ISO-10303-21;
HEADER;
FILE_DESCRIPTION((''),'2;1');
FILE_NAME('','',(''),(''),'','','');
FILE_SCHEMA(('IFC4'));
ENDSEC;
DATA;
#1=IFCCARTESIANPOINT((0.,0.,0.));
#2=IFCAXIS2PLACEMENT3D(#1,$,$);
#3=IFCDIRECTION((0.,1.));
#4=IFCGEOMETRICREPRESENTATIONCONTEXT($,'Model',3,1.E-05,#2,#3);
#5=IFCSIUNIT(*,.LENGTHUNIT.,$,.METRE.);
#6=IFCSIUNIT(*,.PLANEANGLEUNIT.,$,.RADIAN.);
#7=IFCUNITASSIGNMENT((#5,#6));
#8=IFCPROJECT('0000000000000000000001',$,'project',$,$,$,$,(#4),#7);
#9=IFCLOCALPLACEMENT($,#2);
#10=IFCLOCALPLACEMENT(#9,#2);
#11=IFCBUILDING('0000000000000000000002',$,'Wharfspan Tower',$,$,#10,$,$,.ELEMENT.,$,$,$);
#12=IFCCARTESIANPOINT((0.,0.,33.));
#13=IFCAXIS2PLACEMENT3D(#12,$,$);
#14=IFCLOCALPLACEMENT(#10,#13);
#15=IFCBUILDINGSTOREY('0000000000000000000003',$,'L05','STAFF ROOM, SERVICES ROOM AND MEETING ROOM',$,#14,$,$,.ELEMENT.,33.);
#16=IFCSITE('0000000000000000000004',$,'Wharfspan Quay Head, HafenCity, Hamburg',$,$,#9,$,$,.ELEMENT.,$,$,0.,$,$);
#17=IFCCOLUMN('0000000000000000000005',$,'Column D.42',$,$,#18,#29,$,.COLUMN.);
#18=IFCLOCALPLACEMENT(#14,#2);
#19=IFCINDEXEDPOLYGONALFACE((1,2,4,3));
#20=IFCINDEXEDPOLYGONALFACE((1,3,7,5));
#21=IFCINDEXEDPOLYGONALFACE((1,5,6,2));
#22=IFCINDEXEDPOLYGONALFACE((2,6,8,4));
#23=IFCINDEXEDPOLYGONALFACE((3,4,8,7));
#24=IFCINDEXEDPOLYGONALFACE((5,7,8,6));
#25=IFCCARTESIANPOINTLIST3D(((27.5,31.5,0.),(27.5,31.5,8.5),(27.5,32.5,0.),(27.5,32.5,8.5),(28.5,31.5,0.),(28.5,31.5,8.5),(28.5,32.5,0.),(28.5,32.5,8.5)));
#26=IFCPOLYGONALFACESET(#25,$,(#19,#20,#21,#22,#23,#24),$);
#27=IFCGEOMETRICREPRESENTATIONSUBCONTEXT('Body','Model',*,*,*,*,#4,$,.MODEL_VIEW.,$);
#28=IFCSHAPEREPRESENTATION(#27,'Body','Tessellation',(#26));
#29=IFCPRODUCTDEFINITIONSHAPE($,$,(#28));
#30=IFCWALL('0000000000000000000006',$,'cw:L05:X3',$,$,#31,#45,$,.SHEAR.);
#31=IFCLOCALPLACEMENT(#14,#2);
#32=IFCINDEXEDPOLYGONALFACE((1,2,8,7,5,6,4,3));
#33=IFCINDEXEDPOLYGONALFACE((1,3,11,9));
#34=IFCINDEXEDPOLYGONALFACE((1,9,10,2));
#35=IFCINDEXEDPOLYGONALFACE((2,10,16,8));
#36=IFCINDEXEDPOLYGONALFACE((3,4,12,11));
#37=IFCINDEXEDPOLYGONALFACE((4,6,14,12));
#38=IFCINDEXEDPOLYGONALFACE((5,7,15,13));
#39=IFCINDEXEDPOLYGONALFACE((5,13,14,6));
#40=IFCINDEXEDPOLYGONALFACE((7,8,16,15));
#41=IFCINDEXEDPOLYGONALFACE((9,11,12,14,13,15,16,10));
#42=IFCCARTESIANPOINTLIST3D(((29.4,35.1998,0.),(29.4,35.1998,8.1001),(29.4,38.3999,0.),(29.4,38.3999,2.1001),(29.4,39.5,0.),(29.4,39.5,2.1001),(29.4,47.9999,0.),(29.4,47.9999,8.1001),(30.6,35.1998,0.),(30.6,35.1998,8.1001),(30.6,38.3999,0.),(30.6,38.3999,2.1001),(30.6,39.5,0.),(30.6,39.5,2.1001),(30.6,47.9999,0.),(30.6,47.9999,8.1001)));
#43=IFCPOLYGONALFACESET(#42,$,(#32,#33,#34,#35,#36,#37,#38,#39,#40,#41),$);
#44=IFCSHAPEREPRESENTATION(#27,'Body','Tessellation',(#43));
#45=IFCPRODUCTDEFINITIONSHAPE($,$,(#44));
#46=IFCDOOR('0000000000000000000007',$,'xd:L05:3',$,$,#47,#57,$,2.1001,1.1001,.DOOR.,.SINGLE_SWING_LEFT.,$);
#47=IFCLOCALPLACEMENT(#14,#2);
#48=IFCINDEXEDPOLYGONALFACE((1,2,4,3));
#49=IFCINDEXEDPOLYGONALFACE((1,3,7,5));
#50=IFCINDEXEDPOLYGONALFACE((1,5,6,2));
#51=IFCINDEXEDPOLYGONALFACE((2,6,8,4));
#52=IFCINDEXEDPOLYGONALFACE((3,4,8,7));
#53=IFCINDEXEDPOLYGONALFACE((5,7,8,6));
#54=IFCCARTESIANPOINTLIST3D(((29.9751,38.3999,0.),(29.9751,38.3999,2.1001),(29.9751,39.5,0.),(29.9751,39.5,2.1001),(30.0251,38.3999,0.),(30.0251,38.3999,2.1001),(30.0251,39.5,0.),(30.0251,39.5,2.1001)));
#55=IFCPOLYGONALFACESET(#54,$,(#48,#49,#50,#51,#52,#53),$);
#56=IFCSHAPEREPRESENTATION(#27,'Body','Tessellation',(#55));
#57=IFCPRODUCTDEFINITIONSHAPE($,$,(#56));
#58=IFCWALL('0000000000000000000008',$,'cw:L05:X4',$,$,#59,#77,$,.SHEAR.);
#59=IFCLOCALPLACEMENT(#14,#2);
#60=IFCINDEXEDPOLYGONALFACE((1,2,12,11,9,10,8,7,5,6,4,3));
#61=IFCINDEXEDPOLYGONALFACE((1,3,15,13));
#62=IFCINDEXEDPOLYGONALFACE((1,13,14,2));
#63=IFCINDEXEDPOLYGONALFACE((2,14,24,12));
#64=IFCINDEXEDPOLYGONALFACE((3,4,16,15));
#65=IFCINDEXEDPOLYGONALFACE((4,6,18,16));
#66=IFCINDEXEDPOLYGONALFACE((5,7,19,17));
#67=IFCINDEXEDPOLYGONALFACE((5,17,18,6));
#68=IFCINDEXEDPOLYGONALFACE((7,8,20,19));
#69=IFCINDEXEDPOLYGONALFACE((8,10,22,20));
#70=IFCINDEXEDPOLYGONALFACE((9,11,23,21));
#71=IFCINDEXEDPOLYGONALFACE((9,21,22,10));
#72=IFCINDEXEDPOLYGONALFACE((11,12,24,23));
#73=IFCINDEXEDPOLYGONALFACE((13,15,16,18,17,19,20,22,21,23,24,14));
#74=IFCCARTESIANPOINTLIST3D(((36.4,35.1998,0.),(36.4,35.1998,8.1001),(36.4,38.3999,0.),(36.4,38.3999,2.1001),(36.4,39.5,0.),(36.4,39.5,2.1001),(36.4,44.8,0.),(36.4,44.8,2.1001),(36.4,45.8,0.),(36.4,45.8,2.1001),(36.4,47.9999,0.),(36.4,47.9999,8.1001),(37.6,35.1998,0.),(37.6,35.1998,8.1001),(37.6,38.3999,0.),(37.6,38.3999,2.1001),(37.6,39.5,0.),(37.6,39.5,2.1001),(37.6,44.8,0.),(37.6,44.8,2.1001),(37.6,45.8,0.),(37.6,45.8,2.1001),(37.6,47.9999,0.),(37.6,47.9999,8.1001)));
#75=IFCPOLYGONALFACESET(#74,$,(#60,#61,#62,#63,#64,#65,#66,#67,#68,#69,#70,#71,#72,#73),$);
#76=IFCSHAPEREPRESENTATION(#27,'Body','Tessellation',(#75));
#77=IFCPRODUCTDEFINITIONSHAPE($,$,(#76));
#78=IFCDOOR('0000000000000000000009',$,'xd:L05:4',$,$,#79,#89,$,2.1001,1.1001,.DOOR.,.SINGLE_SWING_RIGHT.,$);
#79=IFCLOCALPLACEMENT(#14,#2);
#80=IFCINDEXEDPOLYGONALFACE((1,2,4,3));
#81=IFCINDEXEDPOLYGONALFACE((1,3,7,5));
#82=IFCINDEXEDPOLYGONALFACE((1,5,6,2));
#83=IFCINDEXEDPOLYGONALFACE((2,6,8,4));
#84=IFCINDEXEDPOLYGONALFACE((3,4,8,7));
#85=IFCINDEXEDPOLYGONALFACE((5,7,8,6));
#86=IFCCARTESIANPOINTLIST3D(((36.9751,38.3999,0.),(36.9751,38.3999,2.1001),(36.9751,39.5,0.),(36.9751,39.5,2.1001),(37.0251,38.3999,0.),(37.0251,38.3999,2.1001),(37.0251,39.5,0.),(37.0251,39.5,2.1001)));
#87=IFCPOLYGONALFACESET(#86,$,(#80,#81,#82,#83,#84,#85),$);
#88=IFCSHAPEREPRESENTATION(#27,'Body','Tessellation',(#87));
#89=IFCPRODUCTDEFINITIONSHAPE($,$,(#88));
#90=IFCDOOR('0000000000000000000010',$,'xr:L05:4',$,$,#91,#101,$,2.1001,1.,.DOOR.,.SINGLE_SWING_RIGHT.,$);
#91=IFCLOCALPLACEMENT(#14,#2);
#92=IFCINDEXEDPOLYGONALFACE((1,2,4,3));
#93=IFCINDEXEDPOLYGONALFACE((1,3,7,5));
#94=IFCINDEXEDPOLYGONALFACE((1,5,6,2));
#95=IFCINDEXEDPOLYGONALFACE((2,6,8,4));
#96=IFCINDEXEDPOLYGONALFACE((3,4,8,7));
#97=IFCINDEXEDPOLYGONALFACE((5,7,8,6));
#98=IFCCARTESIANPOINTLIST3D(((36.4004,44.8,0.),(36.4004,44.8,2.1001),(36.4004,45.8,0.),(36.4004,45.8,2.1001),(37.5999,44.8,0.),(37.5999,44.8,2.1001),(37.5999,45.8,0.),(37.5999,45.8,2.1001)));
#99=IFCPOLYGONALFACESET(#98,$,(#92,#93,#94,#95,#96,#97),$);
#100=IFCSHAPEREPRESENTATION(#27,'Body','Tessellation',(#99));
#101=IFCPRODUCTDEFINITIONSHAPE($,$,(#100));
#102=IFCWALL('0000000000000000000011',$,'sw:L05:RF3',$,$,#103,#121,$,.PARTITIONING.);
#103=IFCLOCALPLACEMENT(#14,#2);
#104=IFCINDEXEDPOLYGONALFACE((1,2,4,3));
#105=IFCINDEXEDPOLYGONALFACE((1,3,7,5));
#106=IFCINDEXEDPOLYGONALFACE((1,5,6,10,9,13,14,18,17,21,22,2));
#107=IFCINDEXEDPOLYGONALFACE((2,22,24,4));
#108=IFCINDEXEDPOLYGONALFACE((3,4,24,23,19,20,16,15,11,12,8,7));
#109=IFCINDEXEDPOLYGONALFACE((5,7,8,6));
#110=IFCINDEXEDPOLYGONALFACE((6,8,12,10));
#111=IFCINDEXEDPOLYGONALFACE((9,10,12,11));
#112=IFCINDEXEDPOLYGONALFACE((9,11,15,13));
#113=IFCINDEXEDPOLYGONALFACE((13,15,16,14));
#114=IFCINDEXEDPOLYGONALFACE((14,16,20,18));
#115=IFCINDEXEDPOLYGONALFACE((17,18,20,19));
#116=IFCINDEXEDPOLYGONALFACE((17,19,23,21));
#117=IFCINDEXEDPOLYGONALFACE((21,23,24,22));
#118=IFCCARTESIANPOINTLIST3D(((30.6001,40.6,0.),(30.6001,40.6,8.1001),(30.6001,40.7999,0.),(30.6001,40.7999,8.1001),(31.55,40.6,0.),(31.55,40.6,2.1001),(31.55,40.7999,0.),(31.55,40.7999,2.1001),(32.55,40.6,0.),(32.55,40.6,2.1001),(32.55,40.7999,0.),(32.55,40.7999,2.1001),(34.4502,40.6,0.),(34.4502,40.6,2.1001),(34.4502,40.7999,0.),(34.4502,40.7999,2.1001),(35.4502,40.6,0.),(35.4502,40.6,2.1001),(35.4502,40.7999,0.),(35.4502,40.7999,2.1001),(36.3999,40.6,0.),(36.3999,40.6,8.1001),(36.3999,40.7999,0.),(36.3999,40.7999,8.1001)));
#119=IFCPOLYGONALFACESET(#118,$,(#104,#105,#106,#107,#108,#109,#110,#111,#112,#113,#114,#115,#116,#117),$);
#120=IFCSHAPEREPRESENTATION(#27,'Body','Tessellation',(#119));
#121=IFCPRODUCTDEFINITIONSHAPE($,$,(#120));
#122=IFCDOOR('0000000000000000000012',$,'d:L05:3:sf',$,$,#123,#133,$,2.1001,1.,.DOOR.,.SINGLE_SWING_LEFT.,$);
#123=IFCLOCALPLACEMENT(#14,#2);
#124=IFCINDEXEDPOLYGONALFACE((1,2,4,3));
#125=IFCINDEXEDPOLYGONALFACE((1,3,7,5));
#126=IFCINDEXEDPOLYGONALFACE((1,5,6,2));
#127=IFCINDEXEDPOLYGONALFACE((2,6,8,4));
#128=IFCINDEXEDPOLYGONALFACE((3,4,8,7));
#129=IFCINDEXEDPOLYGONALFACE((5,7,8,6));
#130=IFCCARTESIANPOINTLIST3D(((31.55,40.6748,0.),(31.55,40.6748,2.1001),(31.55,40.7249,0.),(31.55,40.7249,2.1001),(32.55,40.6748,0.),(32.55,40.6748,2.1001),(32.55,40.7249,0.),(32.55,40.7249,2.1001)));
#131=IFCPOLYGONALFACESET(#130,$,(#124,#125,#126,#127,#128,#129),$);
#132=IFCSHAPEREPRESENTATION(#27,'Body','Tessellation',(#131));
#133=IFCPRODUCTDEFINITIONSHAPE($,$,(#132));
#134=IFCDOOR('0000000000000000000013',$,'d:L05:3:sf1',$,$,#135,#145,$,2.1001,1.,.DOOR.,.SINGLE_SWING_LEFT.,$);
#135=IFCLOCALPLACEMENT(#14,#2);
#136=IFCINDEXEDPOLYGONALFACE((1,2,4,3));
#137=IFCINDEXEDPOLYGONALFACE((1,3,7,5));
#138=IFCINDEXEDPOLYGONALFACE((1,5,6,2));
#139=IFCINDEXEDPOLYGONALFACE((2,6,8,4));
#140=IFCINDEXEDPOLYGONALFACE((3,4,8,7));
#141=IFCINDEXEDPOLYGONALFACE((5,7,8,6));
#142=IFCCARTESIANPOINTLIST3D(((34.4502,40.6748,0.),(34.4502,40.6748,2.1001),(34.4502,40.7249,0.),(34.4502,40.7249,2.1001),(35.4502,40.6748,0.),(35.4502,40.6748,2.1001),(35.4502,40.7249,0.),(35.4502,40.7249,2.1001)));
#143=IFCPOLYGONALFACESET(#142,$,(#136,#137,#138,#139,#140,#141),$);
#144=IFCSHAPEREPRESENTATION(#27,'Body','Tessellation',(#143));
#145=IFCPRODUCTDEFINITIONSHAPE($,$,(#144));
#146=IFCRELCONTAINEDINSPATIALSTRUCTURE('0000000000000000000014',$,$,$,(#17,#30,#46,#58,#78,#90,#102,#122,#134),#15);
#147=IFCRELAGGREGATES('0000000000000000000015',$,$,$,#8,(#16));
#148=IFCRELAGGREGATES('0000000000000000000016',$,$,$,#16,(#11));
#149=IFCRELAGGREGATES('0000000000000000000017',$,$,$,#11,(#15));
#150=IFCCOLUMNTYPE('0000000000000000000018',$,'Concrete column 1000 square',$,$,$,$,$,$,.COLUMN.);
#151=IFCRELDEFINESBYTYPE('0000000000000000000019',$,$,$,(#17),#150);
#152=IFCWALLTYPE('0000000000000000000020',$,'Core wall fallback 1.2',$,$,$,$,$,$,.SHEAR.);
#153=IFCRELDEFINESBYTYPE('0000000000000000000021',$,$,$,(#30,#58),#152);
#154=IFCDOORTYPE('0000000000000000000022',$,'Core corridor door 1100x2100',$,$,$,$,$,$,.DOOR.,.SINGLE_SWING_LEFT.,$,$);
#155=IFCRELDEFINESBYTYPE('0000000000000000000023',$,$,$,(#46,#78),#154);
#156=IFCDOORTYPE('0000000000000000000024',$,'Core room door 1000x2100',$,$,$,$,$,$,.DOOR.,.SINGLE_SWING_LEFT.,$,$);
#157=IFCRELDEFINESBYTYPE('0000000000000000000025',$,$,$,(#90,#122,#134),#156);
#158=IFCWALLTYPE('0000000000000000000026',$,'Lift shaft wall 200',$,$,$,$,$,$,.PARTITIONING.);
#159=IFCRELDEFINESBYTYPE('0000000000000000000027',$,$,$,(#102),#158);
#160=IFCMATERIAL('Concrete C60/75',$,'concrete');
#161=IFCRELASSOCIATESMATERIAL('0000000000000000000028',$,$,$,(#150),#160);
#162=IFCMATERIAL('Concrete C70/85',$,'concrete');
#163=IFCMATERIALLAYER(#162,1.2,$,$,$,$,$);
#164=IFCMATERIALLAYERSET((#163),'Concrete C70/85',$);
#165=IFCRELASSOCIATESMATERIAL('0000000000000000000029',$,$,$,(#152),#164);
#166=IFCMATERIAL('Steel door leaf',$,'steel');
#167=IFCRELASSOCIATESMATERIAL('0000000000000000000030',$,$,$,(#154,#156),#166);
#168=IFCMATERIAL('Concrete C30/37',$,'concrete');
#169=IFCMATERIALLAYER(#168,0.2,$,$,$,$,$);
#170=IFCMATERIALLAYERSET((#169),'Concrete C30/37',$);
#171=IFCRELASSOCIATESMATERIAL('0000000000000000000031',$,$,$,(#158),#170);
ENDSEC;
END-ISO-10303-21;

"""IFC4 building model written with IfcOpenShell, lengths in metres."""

from ifc_helpers import new_model, si_unit, direction, frame, frame_2d, origin, origin_2d, place, context, subcontext, project, spatial, rectangle, extrude, material, layer, layer_set, material_profile, profile_set, type_object, element, fill, save


model = new_model("IFC4")

# Units and contexts
model_context = context("Model", 3, precision=1e-05, world=origin(), true_north=direction((0.0, 1.0)))
body_context = subcontext(model_context, "Body", "Model", "MODEL_VIEW")
ifc_project = project(units=[si_unit("LENGTHUNIT", "METRE"), si_unit("PLANEANGLEUNIT", "RADIAN")], contexts=[model_context])

# Site, building, storey
site_placement = place(None, origin())
site = spatial("IfcSite", under=ifc_project, at=site_placement, Name="Wharfspan Quay Head, HafenCity, Hamburg", CompositionType="ELEMENT", RefElevation=0.0)
building_placement = place(site_placement, origin())
building = spatial("IfcBuilding", under=site, at=building_placement, Name="Wharfspan Tower", CompositionType="ELEMENT")
storey_placement = place(building_placement, frame((0.0, 0.0, 33.0)))
storey = spatial("IfcBuildingStorey", under=building, at=storey_placement, Name="L05", Description="STAFF ROOM, SERVICES ROOM AND MEETING ROOM", CompositionType="ELEMENT", Elevation=33.0)

# Column
ifc_material_1 = material(Name="Concrete C60/75", Category="concrete")
ifc_material_profile = material_profile(ifc_material_1, rectangle(XDim=1.0, YDim=1.0, at=origin_2d()))
ifc_profile_set = profile_set([ifc_material_profile], Name="Concrete C60/75")
column_type = type_object("IfcColumnType", Name="Concrete column 1000 square", PredefinedType="COLUMN", material=ifc_profile_set)
column_placement = place(storey_placement, frame((28.0, 32.0, 0.0), z_axis=(0.0, 0.0, 1.0), x_axis=(1.0, 0.0, 0.0)))
element("IfcColumn", 1, at=column_placement, inside=storey, type_object=column_type, Name="Column D.42", PredefinedType="COLUMN", context=body_context, shape_type="SweptSolid", body=[
    extrude(rectangle(XDim=1.0, YDim=1.0, at=origin_2d()), origin(), (0.0, 0.0, 1.0), 8.5),
])

# Wall, opening, door
ifc_material_2 = material(Name="Concrete C70/85", Category="concrete")
ifc_layer_1 = layer(ifc_material_2, 1.2)
ifc_layer_set_1 = layer_set([ifc_layer_1], Name="Concrete C70/85")
wall_type_1 = type_object("IfcWallType", Name="Core wall fallback 1.2", PredefinedType="SHEAR", material=ifc_layer_set_1)
wall_1_placement = place(storey_placement, frame((30.0, 35.2, 0.0), z_axis=(0.0, 0.0, 1.0), x_axis=(0.0, 1.0, 0.0)))
wall_1 = element("IfcWall", 2, at=wall_1_placement, inside=storey, type_object=wall_type_1, Name="cw:L05:X3", PredefinedType="SHEAR", context=body_context, shape_type="SweptSolid", body=[
    extrude(rectangle(XDim=12.8, YDim=1.2, at=frame_2d((6.3999, 0.0))), origin(), (0.0, 0.0, 1.0), 8.1001),
])
opening_1_placement = place(wall_1_placement, frame((3.2, 0.0, 0.0)))
opening_1 = element("IfcOpeningElement", 3, at=opening_1_placement, cuts=wall_1, PredefinedType="OPENING", context=body_context, shape_type="SweptSolid", body=[
    extrude(rectangle(XDim=1.1001, YDim=2.1001, at=frame_2d((0.55, 1.05))), frame((0.0, 0.6099, 0.0), z_axis=(0.0, -1.0, 0.0), x_axis=(1.0, 0.0, 0.0)), (0.0, 0.0, 1.0), 1.22),
])
ifc_material_3 = material(Name="Steel door leaf", Category="steel")
door_type_1 = type_object("IfcDoorType", Name="Core corridor door 1100x2100", OperationType="SINGLE_SWING_LEFT", PredefinedType="DOOR", material=ifc_material_3)
door_1_placement = place(opening_1_placement, origin())
door_1 = element("IfcDoor", 4, at=door_1_placement, inside=storey, type_object=door_type_1, Name="xd:L05:3", OperationType="SINGLE_SWING_LEFT", OverallHeight=2.1001, OverallWidth=1.1001, PredefinedType="DOOR", context=body_context, shape_type="SweptSolid", body=[
    extrude(rectangle(XDim=1.1001, YDim=2.1001, at=frame_2d((0.55, 1.05))), frame((0.0, 0.0249, 0.0), z_axis=(0.0, -1.0, 0.0), x_axis=(1.0, 0.0, 0.0)), (0.0, 0.0, 1.0), 0.05),
])
fill(opening_1, door_1)

# Walls, openings, doors
wall_2_placement = place(storey_placement, frame((37.0, 35.2, 0.0), z_axis=(0.0, 0.0, 1.0), x_axis=(0.0, 1.0, 0.0)))
wall_2 = element("IfcWall", 5, at=wall_2_placement, inside=storey, type_object=wall_type_1, Name="cw:L05:X4", PredefinedType="SHEAR", context=body_context, shape_type="SweptSolid", body=[
    extrude(rectangle(XDim=12.8, YDim=1.2, at=frame_2d((6.3999, 0.0))), origin(), (0.0, 0.0, 1.0), 8.1001),
])
opening_2_placement = place(wall_2_placement, frame((3.2, 0.0, 0.0)))
opening_2 = element("IfcOpeningElement", 6, at=opening_2_placement, cuts=wall_2, PredefinedType="OPENING", context=body_context, shape_type="SweptSolid", body=[
    extrude(rectangle(XDim=1.1001, YDim=2.1001, at=frame_2d((0.55, 1.05))), frame((0.0, 0.6099, 0.0), z_axis=(0.0, -1.0, 0.0), x_axis=(1.0, 0.0, 0.0)), (0.0, 0.0, 1.0), 1.22),
])
opening_3_placement = place(wall_2_placement, frame((9.6001, 0.0, 0.0)))
opening_3 = element("IfcOpeningElement", 7, at=opening_3_placement, cuts=wall_2, PredefinedType="OPENING", context=body_context, shape_type="SweptSolid", body=[
    extrude(rectangle(XDim=1.0, YDim=2.1001, at=frame_2d((0.5, 1.05))), frame((0.0, 0.6099, 0.0), z_axis=(0.0, -1.0, 0.0), x_axis=(1.0, 0.0, 0.0)), (0.0, 0.0, 1.0), 1.22),
])
door_2_placement = place(opening_2_placement, origin())
door_2 = element("IfcDoor", 8, at=door_2_placement, inside=storey, type_object=door_type_1, Name="xd:L05:4", OperationType="SINGLE_SWING_RIGHT", OverallHeight=2.1001, OverallWidth=1.1001, PredefinedType="DOOR", context=body_context, shape_type="SweptSolid", body=[
    extrude(rectangle(XDim=1.1001, YDim=2.1001, at=frame_2d((0.55, 1.05))), frame((0.0, 0.0249, 0.0), z_axis=(0.0, -1.0, 0.0), x_axis=(1.0, 0.0, 0.0)), (0.0, 0.0, 1.0), 0.05),
])
fill(opening_2, door_2)
door_type_2 = type_object("IfcDoorType", Name="Core room door 1000x2100", OperationType="SINGLE_SWING_LEFT", PredefinedType="DOOR", material=ifc_material_3)
door_3_placement = place(opening_3_placement, origin())
door_3 = element("IfcDoor", 9, at=door_3_placement, inside=storey, type_object=door_type_2, Name="xr:L05:4", OperationType="SINGLE_SWING_RIGHT", OverallHeight=2.1001, OverallWidth=1.0, PredefinedType="DOOR", context=body_context, shape_type="SweptSolid", body=[
    extrude(rectangle(XDim=1.0, YDim=2.1001, at=frame_2d((0.5, 1.05))), frame((0.0, 0.5996, 0.0), z_axis=(0.0, -1.0, 0.0), x_axis=(1.0, 0.0, 0.0)), (0.0, 0.0, 1.0), 1.1995),
])
fill(opening_3, door_3)
ifc_material_4 = material(Name="Concrete C30/37", Category="concrete")
ifc_layer_2 = layer(ifc_material_4, 0.2)
ifc_layer_set_2 = layer_set([ifc_layer_2], Name="Concrete C30/37")
wall_type_2 = type_object("IfcWallType", Name="Lift shaft wall 200", PredefinedType="PARTITIONING", material=ifc_layer_set_2)
wall_3_placement = place(storey_placement, frame((30.6001, 40.7, 0.0), z_axis=(0.0, 0.0, 1.0), x_axis=(1.0, 0.0, 0.0)))
wall_3 = element("IfcWall", 10, at=wall_3_placement, inside=storey, type_object=wall_type_2, Name="sw:L05:RF3", PredefinedType="PARTITIONING", context=body_context, shape_type="SweptSolid", body=[
    extrude(rectangle(XDim=5.7998, YDim=0.2, at=frame_2d((2.8999, 0.0))), origin(), (0.0, 0.0, 1.0), 8.1001),
])
opening_4_placement = place(wall_3_placement, frame((0.95, 0.0, 0.0)))
opening_4 = element("IfcOpeningElement", 11, at=opening_4_placement, cuts=wall_3, PredefinedType="OPENING", context=body_context, shape_type="SweptSolid", body=[
    extrude(rectangle(XDim=1.0, YDim=2.1001, at=frame_2d((0.5, 1.05))), frame((0.0, 0.1099, 0.0), z_axis=(0.0, -1.0, 0.0), x_axis=(1.0, 0.0, 0.0)), (0.0, 0.0, 1.0), 0.22),
])
opening_5_placement = place(wall_3_placement, frame((3.8501, 0.0, 0.0)))
opening_5 = element("IfcOpeningElement", 12, at=opening_5_placement, cuts=wall_3, PredefinedType="OPENING", context=body_context, shape_type="SweptSolid", body=[
    extrude(rectangle(XDim=1.0, YDim=2.1001, at=frame_2d((0.5, 1.05))), frame((0.0, 0.1099, 0.0), z_axis=(0.0, -1.0, 0.0), x_axis=(1.0, 0.0, 0.0)), (0.0, 0.0, 1.0), 0.22),
])
door_4_placement = place(opening_4_placement, origin())
door_4 = element("IfcDoor", 13, at=door_4_placement, inside=storey, type_object=door_type_2, Name="d:L05:3:sf", OperationType="SINGLE_SWING_LEFT", OverallHeight=2.1001, OverallWidth=1.0, PredefinedType="DOOR", context=body_context, shape_type="SweptSolid", body=[
    extrude(rectangle(XDim=1.0, YDim=2.1001, at=frame_2d((0.5, 1.05))), frame((0.0, 0.0249, 0.0), z_axis=(0.0, -1.0, 0.0), x_axis=(1.0, 0.0, 0.0)), (0.0, 0.0, 1.0), 0.05),
])
fill(opening_4, door_4)
door_5_placement = place(opening_5_placement, origin())
door_5 = element("IfcDoor", 14, at=door_5_placement, inside=storey, type_object=door_type_2, Name="d:L05:3:sf1", OperationType="SINGLE_SWING_LEFT", OverallHeight=2.1001, OverallWidth=1.0, PredefinedType="DOOR", context=body_context, shape_type="SweptSolid", body=[
    extrude(rectangle(XDim=1.0, YDim=2.1001, at=frame_2d((0.5, 1.05))), frame((0.0, 0.0249, 0.0), z_axis=(0.0, -1.0, 0.0), x_axis=(1.0, 0.0, 0.0)), (0.0, 0.0, 1.0), 0.05),
])
fill(opening_5, door_5)

save(model, "model.ifc")
